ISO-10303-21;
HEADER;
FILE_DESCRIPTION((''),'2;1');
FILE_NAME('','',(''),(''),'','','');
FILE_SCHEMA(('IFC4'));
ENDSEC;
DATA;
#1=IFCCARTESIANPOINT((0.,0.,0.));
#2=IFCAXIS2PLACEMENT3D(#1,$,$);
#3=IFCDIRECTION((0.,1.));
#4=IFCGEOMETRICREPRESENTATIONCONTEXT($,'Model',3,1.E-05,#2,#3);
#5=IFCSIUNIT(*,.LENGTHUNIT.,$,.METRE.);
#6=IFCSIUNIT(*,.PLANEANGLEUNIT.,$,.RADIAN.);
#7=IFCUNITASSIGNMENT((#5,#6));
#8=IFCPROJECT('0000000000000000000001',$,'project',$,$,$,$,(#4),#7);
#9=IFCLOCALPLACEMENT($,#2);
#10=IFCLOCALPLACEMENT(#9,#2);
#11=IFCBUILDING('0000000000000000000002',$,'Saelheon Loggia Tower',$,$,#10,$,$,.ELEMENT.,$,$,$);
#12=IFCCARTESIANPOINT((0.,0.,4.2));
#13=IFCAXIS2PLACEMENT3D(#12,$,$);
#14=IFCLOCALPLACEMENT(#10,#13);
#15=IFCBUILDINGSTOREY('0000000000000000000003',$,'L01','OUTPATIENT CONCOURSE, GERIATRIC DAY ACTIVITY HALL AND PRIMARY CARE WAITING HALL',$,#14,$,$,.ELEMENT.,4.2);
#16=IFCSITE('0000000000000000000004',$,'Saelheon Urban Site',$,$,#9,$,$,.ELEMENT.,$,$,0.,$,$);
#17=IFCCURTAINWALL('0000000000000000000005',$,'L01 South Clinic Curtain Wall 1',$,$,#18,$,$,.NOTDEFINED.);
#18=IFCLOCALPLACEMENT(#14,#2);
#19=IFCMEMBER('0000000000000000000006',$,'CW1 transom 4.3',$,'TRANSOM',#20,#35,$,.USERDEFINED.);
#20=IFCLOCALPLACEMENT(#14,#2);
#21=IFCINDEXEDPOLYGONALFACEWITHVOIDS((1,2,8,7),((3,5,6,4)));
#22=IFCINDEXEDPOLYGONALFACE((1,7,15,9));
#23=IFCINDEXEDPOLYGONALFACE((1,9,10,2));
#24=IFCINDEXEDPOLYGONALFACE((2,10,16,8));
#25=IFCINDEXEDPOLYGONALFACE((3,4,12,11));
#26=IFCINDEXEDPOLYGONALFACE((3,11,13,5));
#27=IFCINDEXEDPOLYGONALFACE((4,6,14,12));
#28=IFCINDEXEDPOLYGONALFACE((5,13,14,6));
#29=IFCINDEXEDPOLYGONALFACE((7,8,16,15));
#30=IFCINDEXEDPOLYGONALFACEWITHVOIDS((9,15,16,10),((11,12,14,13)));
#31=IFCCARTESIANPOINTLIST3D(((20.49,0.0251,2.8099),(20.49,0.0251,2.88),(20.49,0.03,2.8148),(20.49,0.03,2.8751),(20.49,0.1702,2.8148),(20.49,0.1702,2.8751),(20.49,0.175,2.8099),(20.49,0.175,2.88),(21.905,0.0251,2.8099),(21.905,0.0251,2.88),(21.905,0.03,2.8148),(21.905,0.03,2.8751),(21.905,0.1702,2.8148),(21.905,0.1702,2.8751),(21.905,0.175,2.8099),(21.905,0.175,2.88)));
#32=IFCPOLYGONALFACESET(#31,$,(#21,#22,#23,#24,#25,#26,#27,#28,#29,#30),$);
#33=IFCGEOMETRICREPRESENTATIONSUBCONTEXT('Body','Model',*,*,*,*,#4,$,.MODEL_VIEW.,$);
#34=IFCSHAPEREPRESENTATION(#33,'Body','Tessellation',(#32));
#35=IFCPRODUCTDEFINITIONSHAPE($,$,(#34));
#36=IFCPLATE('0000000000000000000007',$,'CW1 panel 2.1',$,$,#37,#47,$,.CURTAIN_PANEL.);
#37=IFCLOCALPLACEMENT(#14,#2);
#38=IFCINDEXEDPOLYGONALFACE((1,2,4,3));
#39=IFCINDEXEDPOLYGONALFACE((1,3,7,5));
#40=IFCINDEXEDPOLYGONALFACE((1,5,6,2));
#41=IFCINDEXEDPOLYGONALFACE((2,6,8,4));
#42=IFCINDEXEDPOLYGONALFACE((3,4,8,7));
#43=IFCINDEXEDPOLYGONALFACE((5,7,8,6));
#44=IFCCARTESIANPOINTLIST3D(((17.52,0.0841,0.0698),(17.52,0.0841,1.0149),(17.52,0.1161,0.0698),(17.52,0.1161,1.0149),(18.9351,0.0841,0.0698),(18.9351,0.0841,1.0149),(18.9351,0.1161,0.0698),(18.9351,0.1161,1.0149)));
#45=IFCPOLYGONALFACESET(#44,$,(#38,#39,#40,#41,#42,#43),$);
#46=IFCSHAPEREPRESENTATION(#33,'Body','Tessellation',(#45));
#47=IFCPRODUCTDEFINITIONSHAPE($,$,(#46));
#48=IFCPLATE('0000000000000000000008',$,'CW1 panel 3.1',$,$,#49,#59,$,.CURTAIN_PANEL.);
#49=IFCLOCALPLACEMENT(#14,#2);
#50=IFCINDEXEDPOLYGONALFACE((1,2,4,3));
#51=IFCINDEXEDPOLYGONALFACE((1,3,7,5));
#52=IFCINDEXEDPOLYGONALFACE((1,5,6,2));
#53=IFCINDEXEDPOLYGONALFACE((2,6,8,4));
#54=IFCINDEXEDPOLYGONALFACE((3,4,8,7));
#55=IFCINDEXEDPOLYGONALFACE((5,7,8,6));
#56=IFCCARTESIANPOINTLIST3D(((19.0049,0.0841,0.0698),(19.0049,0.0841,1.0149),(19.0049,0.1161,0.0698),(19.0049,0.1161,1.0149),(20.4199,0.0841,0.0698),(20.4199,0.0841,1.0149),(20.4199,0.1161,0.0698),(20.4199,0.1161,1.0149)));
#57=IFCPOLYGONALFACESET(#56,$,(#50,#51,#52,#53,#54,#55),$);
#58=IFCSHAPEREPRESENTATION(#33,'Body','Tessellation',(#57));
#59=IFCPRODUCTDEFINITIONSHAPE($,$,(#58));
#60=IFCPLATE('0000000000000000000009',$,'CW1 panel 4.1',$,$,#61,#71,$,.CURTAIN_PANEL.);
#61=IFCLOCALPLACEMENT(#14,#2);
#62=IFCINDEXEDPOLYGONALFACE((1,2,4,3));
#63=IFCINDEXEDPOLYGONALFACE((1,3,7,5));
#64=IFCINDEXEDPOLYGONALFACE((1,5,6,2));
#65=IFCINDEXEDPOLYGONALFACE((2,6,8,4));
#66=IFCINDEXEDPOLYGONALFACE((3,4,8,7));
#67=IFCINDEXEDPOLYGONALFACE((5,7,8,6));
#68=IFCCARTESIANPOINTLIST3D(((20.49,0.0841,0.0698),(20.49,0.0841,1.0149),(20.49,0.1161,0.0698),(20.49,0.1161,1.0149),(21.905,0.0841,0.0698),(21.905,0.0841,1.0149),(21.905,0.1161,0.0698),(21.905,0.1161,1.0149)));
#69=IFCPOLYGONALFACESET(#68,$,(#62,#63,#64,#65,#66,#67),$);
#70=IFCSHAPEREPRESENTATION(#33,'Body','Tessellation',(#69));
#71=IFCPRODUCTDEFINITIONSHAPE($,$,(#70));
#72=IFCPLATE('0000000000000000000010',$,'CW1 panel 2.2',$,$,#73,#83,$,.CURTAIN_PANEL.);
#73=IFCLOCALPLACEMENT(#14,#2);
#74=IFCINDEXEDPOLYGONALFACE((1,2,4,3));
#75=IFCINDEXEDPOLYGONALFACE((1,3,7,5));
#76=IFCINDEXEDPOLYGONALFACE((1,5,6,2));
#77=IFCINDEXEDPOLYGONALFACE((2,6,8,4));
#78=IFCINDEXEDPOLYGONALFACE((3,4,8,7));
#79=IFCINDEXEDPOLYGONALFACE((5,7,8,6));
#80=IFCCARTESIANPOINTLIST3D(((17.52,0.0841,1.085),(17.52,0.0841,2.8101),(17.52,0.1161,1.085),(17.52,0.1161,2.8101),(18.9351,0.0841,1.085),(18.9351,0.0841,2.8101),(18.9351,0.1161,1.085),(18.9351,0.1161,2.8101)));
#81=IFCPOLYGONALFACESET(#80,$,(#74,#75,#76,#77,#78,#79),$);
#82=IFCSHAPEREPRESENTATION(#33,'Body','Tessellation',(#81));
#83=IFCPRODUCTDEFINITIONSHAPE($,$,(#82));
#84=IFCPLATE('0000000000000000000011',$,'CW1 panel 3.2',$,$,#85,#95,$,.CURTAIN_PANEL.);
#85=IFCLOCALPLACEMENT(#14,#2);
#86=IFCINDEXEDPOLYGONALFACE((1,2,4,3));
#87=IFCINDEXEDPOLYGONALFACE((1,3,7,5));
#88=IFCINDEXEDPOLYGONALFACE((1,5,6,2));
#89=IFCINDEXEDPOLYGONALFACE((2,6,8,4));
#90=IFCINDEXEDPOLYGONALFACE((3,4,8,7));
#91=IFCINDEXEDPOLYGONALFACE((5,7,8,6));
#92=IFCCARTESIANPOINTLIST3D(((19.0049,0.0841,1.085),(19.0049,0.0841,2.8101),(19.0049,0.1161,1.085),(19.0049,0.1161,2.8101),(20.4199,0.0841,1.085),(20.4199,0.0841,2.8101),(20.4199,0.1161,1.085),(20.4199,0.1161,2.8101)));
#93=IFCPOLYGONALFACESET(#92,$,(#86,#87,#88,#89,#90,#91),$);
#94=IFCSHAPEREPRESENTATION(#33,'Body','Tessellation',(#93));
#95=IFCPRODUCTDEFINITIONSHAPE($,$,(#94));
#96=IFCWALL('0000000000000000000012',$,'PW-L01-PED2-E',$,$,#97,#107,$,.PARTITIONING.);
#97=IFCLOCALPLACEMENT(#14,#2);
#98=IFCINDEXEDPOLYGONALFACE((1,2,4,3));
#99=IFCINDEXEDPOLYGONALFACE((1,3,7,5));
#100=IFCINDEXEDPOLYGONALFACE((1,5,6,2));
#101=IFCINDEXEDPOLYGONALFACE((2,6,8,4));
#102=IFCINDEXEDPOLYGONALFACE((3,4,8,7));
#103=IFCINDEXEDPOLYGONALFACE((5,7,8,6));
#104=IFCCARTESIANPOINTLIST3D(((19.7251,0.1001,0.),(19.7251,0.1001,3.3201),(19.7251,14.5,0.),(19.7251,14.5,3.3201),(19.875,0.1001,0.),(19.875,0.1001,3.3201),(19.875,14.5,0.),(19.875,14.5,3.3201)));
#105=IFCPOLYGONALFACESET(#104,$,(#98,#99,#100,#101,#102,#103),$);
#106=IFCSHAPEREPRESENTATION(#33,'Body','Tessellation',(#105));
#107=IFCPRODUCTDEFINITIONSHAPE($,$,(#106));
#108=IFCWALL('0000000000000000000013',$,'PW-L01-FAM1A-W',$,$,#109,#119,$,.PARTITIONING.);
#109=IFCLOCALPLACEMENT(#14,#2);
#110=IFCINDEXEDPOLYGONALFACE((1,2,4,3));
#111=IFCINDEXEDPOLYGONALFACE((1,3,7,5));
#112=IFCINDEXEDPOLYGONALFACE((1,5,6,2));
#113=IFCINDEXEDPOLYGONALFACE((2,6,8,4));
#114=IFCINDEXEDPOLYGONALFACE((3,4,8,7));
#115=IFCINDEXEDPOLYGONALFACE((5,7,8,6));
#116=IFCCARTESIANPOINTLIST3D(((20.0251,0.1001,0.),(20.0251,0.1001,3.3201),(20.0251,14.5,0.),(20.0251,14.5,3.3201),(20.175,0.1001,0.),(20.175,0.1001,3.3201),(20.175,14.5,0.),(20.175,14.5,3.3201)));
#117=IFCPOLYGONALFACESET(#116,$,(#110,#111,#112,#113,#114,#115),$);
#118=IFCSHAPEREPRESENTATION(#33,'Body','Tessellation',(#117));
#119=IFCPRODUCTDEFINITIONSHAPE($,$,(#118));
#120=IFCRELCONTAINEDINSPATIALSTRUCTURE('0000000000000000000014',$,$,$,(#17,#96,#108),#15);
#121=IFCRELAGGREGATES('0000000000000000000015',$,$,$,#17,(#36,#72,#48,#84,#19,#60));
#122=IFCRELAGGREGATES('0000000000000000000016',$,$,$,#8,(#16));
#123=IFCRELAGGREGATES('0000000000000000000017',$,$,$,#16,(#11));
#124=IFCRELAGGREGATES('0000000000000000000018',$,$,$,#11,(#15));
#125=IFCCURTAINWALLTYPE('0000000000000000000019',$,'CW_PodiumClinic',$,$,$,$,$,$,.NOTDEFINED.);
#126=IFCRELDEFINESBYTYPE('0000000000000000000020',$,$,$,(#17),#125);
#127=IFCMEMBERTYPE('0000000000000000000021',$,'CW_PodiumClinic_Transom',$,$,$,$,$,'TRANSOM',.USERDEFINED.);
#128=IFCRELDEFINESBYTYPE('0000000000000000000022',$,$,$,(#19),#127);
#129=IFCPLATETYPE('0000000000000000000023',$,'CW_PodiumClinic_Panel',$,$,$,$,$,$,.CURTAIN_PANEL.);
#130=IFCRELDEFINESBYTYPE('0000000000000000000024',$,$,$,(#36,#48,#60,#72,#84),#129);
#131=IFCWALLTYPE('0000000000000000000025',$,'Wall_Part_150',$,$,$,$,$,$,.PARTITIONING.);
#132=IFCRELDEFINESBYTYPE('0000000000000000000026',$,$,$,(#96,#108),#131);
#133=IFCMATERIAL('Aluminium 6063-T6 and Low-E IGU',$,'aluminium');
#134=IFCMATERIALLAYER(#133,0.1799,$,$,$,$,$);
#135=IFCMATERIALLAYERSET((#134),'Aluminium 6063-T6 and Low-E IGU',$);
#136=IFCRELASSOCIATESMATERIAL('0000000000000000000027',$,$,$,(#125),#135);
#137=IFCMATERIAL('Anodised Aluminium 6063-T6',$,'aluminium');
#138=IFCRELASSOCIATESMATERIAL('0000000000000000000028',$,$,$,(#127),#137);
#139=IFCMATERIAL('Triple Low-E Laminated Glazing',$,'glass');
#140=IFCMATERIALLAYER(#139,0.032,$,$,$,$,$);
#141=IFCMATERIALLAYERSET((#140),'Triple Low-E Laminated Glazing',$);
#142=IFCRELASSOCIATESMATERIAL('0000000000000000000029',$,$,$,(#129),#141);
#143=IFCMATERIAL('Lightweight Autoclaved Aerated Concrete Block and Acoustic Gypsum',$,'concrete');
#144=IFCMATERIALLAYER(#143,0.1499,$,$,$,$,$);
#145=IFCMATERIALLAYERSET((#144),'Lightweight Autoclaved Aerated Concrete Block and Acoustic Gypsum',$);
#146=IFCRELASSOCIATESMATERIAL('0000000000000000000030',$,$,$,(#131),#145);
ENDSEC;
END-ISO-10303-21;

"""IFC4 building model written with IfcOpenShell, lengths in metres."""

from ifc_helpers import new_model, si_unit, direction, frame, frame_2d, origin, origin_2d, place, context, subcontext, project, spatial, rectangle, hollow_rectangle, extrude, source, transform, mapped, material, layer, layer_set, material_profile, profile_set, type_object, element, aggregate, save


model = new_model("IFC4")

# Units and contexts
model_context = context("Model", 3, precision=1e-05, world=origin(), true_north=direction((0.0, 1.0)))
body_context = subcontext(model_context, "Body", "Model", "MODEL_VIEW")
ifc_project = project(units=[si_unit("LENGTHUNIT", "METRE"), si_unit("PLANEANGLEUNIT", "RADIAN")], contexts=[model_context])

# Site, building, storey
site_placement = place(None, origin())
site = spatial("IfcSite", under=ifc_project, at=site_placement, Name="Saelheon Urban Site", CompositionType="ELEMENT", RefElevation=0.0)
building_placement = place(site_placement, origin())
building = spatial("IfcBuilding", under=site, at=building_placement, Name="Saelheon Loggia Tower", CompositionType="ELEMENT")
storey_placement = place(building_placement, frame((0.0, 0.0, 4.2)))
storey = spatial("IfcBuildingStorey", under=building, at=storey_placement, Name="L01", Description="OUTPATIENT CONCOURSE, GERIATRIC DAY ACTIVITY HALL AND PRIMARY CARE WAITING HALL", CompositionType="ELEMENT", Elevation=4.2)

# Curtain wall, member, plates
ifc_material_1 = material(Name="Aluminium 6063-T6 and Low-E IGU", Category="aluminium")
ifc_layer_1 = layer(ifc_material_1, 0.1799)
ifc_layer_set_1 = layer_set([ifc_layer_1], Name="Aluminium 6063-T6 and Low-E IGU")
curtain_wall_type = type_object("IfcCurtainWallType", Name="CW_PodiumClinic", PredefinedType="NOTDEFINED", material=ifc_layer_set_1)
curtain_wall_placement = place(storey_placement, origin())
curtain_wall = element("IfcCurtainWall", 1, at=curtain_wall_placement, inside=storey, type_object=curtain_wall_type, Name="L01 South Clinic Curtain Wall 1", PredefinedType="NOTDEFINED")
ifc_material_2 = material(Name="Anodised Aluminium 6063-T6", Category="aluminium")
ifc_material_profile_1 = material_profile(ifc_material_2, hollow_rectangle(XDim=0.0701, YDim=0.1499, WallThickness=0.0049, at=origin_2d()), Name="RHS-150x70x5")
ifc_profile_set_1 = profile_set([ifc_material_profile_1], Name="Anodised Aluminium 6063-T6")
member_type_1 = type_object("IfcMemberType", Name="CW_PodiumClinic_Transom", ElementType="TRANSOM", PredefinedType="USERDEFINED", material=ifc_profile_set_1)
shared_shape_1 = source(origin(), body_context, "Body", "SweptSolid", [
    extrude(hollow_rectangle(XDim=0.0701, YDim=0.1499, WallThickness=0.0049, at=origin_2d()), origin(), (0.0, 0.0, 1.0), 1.415),
])
member_1_placement = place(storey_placement, frame((20.49, 0.1001, 2.845), z_axis=(1.0, 0.0, 0.0), x_axis=(0.0, 0.0, 1.0)))
member_1 = element("IfcMember", 2, at=member_1_placement, type_object=member_type_1, Name="CW1 transom 4.3", ObjectType="TRANSOM", PredefinedType="USERDEFINED", context=body_context, shape_type="MappedRepresentation", body=[
    mapped(shared_shape_1, transform((0.0, 0.0, 0.0), scale=1.0)),
])
ifc_material_3 = material(Name="Triple Low-E Laminated Glazing", Category="glass")
ifc_layer_2 = layer(ifc_material_3, 0.032)
ifc_layer_set_2 = layer_set([ifc_layer_2], Name="Triple Low-E Laminated Glazing")
plate_type = type_object("IfcPlateType", Name="CW_PodiumClinic_Panel", PredefinedType="CURTAIN_PANEL", material=ifc_layer_set_2)
shared_shape_2 = source(origin(), body_context, "Body", "SweptSolid", [
    extrude(rectangle(XDim=1.415, YDim=0.032, at=origin_2d()), origin(), (0.0, 0.0, 1.0), 0.9451),
])
plate_1_placement = place(storey_placement, frame((18.2275, 0.1001, 0.0698), z_axis=(0.0, 0.0, 1.0), x_axis=(1.0, 0.0, 0.0)))
plate_1 = element("IfcPlate", 3, at=plate_1_placement, type_object=plate_type, Name="CW1 panel 2.1", PredefinedType="CURTAIN_PANEL", context=body_context, shape_type="MappedRepresentation", body=[
    mapped(shared_shape_2, transform((0.0, 0.0, 0.0), scale=1.0)),
])
plate_2_placement = place(storey_placement, frame((19.7124, 0.1001, 0.0698), z_axis=(0.0, 0.0, 1.0), x_axis=(1.0, 0.0, 0.0)))
plate_2 = element("IfcPlate", 4, at=plate_2_placement, type_object=plate_type, Name="CW1 panel 3.1", PredefinedType="CURTAIN_PANEL", context=body_context, shape_type="MappedRepresentation", body=[
    mapped(shared_shape_2, transform((0.0, 0.0, 0.0), scale=1.0)),
])
plate_3_placement = place(storey_placement, frame((21.1975, 0.1001, 0.0698), z_axis=(0.0, 0.0, 1.0), x_axis=(1.0, 0.0, 0.0)))
plate_3 = element("IfcPlate", 5, at=plate_3_placement, type_object=plate_type, Name="CW1 panel 4.1", PredefinedType="CURTAIN_PANEL", context=body_context, shape_type="MappedRepresentation", body=[
    mapped(shared_shape_2, transform((0.0, 0.0, 0.0), scale=1.0)),
])
shared_shape_3 = source(origin(), body_context, "Body", "SweptSolid", [
    extrude(rectangle(XDim=1.415, YDim=0.032, at=origin_2d()), origin(), (0.0, 0.0, 1.0), 1.7251),
])
plate_4_placement = place(storey_placement, frame((18.2275, 0.1001, 1.085), z_axis=(0.0, 0.0, 1.0), x_axis=(1.0, 0.0, 0.0)))
plate_4 = element("IfcPlate", 6, at=plate_4_placement, type_object=plate_type, Name="CW1 panel 2.2", PredefinedType="CURTAIN_PANEL", context=body_context, shape_type="MappedRepresentation", body=[
    mapped(shared_shape_3, transform((0.0, 0.0, 0.0), scale=1.0)),
])
plate_5_placement = place(storey_placement, frame((19.7124, 0.1001, 1.085), z_axis=(0.0, 0.0, 1.0), x_axis=(1.0, 0.0, 0.0)))
plate_5 = element("IfcPlate", 7, at=plate_5_placement, type_object=plate_type, Name="CW1 panel 3.2", PredefinedType="CURTAIN_PANEL", context=body_context, shape_type="MappedRepresentation", body=[
    mapped(shared_shape_3, transform((0.0, 0.0, 0.0), scale=1.0)),
])
aggregate(curtain_wall, [plate_1, plate_4, plate_2, plate_5, member_1, plate_3])

# Walls
ifc_material_4 = material(Name="Lightweight Autoclaved Aerated Concrete Block and Acoustic Gypsum", Category="concrete")
ifc_layer_3 = layer(ifc_material_4, 0.1499)
ifc_layer_set_3 = layer_set([ifc_layer_3], Name="Lightweight Autoclaved Aerated Concrete Block and Acoustic Gypsum")
wall_type = type_object("IfcWallType", Name="Wall_Part_150", PredefinedType="PARTITIONING", material=ifc_layer_set_3)
for number, where, z_axis, x_axis, name in (
    (8, (19.8, 0.1001, 0.0), (0.0, 0.0, 1.0), (0.0, 1.0, 0.0), "PW-L01-PED2-E"),
    (9, (20.1001, 0.1001, 0.0), (0.0, 0.0, 1.0), (0.0, 1.0, 0.0), "PW-L01-FAM1A-W"),
):
    element("IfcWall", number, at=place(storey_placement, frame(where, z_axis=z_axis, x_axis=x_axis)), inside=storey, type_object=wall_type, Name=name, PredefinedType="PARTITIONING", context=body_context, shape_type="SweptSolid", body=[
        extrude(rectangle(XDim=14.3999, YDim=0.1499, at=frame_2d((7.2, 0.0))), origin(), (0.0, 0.0, 1.0), 3.3201),
    ])

save(model, "model.ifc")
